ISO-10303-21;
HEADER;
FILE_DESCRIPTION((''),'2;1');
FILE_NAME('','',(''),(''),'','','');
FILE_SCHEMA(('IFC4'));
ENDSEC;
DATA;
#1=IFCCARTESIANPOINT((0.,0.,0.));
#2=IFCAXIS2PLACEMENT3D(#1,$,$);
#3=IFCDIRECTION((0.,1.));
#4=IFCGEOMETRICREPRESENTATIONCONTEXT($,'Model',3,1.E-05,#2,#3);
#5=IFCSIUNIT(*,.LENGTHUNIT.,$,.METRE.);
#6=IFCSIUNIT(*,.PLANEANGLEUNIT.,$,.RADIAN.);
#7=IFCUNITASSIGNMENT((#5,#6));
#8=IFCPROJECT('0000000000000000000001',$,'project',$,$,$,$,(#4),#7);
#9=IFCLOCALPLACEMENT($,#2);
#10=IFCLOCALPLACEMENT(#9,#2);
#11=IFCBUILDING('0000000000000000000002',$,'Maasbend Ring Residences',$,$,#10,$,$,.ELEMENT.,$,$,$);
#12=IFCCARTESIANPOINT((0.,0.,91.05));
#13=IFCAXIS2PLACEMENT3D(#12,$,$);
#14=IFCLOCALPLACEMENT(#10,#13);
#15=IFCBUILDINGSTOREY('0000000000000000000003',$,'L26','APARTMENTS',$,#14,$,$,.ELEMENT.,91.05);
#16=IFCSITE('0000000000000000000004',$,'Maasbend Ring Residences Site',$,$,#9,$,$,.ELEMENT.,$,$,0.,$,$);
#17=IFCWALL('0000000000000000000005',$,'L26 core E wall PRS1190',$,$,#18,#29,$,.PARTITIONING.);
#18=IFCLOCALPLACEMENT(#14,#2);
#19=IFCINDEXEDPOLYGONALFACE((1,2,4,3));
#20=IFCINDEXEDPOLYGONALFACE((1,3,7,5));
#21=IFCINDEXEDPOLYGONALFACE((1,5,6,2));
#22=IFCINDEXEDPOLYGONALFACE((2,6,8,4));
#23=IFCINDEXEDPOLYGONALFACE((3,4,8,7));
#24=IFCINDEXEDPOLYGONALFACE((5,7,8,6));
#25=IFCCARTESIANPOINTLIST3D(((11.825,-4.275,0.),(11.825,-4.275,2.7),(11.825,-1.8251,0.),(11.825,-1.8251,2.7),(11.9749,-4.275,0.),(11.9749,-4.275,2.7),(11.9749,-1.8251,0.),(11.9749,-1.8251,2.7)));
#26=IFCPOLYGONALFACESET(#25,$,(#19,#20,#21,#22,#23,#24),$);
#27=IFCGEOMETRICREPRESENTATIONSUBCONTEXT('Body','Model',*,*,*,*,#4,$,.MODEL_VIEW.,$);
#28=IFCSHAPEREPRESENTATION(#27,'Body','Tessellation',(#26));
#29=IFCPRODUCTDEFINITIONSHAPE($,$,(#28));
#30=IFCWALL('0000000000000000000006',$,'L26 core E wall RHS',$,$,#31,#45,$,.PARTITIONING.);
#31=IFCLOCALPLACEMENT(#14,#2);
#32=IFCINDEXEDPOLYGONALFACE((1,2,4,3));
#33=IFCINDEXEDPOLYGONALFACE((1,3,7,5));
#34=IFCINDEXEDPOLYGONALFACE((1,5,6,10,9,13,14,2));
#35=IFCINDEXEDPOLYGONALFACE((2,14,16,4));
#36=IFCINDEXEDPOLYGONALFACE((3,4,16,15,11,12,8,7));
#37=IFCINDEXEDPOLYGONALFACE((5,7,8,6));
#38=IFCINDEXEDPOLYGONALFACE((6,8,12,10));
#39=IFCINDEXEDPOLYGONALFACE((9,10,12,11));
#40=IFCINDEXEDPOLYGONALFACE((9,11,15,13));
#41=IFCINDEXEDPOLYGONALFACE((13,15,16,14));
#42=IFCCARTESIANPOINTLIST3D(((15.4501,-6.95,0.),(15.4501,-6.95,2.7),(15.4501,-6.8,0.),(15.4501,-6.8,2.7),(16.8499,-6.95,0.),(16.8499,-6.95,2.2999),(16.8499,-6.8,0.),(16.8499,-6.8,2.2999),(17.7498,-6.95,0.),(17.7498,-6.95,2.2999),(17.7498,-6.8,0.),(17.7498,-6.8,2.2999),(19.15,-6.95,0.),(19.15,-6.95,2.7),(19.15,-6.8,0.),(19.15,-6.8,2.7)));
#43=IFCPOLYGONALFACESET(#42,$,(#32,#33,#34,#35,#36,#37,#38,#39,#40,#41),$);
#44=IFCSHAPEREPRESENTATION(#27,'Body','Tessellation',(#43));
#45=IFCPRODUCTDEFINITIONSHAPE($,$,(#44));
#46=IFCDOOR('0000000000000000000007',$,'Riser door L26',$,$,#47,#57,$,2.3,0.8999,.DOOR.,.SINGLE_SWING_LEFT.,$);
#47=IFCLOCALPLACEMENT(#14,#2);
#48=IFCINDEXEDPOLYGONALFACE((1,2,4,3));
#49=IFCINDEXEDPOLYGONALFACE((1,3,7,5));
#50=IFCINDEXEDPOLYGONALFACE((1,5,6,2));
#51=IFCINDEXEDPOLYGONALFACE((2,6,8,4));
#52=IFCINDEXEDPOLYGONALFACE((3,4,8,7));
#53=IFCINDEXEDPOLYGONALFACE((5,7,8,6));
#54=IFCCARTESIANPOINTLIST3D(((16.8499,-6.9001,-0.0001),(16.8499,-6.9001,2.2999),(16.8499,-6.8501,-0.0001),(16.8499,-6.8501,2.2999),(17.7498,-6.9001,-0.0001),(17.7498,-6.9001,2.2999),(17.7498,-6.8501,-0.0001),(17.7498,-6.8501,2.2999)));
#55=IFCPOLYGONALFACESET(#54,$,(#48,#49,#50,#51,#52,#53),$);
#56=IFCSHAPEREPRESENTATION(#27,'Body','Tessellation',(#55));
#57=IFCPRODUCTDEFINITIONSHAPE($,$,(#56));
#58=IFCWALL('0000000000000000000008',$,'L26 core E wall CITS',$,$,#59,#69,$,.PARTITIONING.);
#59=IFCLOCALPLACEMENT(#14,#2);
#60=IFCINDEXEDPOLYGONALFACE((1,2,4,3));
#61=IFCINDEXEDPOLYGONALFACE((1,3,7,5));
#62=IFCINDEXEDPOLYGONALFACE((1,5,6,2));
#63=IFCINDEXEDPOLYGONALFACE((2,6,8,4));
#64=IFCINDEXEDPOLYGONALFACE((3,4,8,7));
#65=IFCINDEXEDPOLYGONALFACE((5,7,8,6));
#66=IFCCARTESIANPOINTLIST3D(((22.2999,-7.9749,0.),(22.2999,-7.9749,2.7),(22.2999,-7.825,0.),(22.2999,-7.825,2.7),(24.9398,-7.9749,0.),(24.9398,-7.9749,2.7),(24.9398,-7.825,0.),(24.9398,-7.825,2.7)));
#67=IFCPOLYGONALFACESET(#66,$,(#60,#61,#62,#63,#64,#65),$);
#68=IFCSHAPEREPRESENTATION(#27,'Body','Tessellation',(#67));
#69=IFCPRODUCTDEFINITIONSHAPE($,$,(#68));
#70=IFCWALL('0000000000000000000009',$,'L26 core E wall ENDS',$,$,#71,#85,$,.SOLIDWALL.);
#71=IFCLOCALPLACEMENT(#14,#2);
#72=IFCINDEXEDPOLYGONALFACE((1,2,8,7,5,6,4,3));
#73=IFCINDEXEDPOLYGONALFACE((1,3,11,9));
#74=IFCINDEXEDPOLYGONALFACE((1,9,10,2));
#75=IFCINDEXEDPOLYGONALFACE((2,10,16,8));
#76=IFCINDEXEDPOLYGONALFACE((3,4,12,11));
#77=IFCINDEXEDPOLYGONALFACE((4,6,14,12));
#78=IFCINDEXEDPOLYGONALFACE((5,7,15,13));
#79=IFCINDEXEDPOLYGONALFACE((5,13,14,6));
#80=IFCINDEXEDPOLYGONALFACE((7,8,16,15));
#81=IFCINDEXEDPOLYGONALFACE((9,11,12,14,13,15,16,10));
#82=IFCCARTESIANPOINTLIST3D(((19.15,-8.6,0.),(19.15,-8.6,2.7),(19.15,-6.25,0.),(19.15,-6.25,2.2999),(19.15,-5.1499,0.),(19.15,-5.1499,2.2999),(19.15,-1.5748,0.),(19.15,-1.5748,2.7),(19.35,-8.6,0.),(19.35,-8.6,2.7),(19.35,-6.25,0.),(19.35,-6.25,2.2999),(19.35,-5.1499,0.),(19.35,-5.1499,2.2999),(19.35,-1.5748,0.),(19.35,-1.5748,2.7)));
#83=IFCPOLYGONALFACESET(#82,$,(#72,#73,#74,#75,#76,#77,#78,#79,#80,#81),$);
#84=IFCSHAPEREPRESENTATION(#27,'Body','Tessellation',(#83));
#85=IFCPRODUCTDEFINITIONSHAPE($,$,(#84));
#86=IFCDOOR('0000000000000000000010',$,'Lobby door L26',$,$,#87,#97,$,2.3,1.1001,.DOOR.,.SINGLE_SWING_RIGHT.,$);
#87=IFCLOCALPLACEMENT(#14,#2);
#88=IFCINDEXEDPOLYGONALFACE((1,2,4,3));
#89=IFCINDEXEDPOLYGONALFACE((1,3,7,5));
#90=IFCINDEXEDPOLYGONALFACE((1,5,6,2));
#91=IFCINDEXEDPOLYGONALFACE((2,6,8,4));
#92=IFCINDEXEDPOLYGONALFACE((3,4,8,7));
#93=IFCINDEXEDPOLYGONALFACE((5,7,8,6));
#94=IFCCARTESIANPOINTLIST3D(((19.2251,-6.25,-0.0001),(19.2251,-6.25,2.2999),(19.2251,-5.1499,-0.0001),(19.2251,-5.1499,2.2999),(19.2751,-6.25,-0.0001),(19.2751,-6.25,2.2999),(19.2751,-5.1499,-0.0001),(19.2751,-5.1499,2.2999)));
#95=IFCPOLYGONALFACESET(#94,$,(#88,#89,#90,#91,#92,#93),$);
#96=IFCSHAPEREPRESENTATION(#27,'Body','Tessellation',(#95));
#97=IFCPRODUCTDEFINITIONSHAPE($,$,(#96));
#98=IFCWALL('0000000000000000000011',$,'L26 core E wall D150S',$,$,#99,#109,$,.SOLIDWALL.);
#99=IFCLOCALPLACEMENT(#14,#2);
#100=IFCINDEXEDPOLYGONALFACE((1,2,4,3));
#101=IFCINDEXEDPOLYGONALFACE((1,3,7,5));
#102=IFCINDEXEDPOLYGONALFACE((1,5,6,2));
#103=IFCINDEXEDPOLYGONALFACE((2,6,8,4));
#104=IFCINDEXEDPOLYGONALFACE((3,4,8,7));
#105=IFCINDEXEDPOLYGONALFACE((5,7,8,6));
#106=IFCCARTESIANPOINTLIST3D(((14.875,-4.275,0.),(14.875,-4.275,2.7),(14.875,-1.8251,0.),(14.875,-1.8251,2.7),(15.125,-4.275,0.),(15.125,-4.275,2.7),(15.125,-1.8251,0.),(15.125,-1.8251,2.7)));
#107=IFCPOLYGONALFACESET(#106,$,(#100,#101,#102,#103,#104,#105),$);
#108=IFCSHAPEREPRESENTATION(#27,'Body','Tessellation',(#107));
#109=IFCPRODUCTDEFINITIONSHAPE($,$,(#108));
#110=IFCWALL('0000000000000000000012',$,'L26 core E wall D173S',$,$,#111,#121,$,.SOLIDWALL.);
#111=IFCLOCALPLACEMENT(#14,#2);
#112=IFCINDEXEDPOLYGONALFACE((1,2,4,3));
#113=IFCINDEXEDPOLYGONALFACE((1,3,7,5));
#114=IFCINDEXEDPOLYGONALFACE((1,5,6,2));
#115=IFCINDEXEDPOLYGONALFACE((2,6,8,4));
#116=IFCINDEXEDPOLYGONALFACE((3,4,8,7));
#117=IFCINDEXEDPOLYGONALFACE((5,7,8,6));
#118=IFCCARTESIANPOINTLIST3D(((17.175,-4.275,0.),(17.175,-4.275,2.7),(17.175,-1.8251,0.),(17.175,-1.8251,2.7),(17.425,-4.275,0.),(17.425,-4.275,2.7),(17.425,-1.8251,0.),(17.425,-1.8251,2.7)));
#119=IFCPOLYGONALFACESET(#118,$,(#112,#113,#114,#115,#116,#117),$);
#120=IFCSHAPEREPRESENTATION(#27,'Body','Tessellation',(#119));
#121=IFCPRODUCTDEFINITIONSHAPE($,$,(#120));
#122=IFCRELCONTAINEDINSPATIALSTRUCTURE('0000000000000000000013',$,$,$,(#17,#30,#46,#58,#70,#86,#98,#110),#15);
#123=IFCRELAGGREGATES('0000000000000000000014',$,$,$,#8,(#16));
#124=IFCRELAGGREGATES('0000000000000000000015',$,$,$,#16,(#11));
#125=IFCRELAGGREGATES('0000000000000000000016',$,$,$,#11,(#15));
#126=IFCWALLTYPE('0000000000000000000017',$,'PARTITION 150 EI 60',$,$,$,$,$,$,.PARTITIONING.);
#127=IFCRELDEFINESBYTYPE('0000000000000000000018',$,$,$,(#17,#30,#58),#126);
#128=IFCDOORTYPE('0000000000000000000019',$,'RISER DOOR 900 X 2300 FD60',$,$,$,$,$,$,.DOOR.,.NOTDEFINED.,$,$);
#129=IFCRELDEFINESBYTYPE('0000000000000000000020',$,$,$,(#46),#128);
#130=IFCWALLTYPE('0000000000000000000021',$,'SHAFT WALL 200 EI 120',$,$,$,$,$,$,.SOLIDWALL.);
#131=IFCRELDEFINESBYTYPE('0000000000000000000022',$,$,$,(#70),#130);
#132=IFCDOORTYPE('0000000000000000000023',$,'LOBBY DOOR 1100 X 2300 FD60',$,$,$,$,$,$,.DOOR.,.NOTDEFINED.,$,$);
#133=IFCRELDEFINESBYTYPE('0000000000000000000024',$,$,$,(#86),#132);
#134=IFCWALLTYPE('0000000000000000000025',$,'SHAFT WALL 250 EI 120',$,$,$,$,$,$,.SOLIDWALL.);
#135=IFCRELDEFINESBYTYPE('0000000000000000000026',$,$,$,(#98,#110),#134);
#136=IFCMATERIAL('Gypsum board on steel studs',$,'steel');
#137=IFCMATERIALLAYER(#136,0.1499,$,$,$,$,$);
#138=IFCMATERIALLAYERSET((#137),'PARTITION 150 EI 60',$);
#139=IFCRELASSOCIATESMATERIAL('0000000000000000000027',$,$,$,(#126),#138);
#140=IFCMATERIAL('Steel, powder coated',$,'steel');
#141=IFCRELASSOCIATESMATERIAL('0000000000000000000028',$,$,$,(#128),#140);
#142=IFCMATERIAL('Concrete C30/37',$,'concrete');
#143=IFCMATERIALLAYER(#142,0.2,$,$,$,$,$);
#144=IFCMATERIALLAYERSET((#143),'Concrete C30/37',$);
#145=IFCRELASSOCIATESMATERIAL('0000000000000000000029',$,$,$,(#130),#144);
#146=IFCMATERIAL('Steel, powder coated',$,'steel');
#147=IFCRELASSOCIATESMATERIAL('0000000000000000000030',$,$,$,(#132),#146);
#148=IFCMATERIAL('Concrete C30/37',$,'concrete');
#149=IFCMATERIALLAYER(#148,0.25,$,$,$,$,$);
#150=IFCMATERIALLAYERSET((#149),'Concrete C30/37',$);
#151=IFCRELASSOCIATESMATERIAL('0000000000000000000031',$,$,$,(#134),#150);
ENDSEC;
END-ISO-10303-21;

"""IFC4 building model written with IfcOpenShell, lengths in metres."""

from ifc_helpers import new_model, si_unit, direction, frame, frame_2d, origin, place, context, subcontext, project, spatial, rectangle, extrude, material, layer, layer_set, type_object, element, fill, save


model = new_model("IFC4")

# Units and contexts
model_context = context("Model", 3, precision=1e-05, world=origin(), true_north=direction((0.0, 1.0)))
body_context = subcontext(model_context, "Body", "Model", "MODEL_VIEW")
ifc_project = project(units=[si_unit("LENGTHUNIT", "METRE"), si_unit("PLANEANGLEUNIT", "RADIAN")], contexts=[model_context])

# Site, building, storey
site_placement = place(None, origin())
site = spatial("IfcSite", under=ifc_project, at=site_placement, Name="Maasbend Ring Residences Site", CompositionType="ELEMENT", RefElevation=0.0)
building_placement = place(site_placement, origin())
building = spatial("IfcBuilding", under=site, at=building_placement, Name="Maasbend Ring Residences", CompositionType="ELEMENT")
storey_placement = place(building_placement, frame((0.0, 0.0, 91.05)))
storey = spatial("IfcBuildingStorey", under=building, at=storey_placement, Name="L26", Description="APARTMENTS", CompositionType="ELEMENT", Elevation=91.05)

# Wall
ifc_material_1 = material(Name="Gypsum board on steel studs", Category="steel")
ifc_layer_1 = layer(ifc_material_1, 0.1499)
ifc_layer_set_1 = layer_set([ifc_layer_1], Name="PARTITION 150 EI 60")
wall_type_1 = type_object("IfcWallType", Name="PARTITION 150 EI 60", PredefinedType="PARTITIONING", material=ifc_layer_set_1)
wall_1_placement = place(storey_placement, frame((11.8999, -1.825, 0.0), z_axis=(0.0, 0.0, 1.0), x_axis=(0.0, -1.0, 0.0)))
element("IfcWall", 1, at=wall_1_placement, inside=storey, type_object=wall_type_1, Name="L26 core E wall PRS1190", PredefinedType="PARTITIONING", context=body_context, shape_type="SweptSolid", body=[
    extrude(rectangle(XDim=2.45, YDim=0.1499, at=frame_2d((1.2251, 0.0))), origin(), (0.0, 0.0, 1.0), 2.7),
])

# Wall, opening, door
wall_2_placement = place(storey_placement, frame((15.45, -6.875, 0.0), z_axis=(0.0, 0.0, 1.0), x_axis=(1.0, 0.0, 0.0)))
wall_2 = element("IfcWall", 2, at=wall_2_placement, inside=storey, type_object=wall_type_1, Name="L26 core E wall RHS", PredefinedType="PARTITIONING", context=body_context, shape_type="SweptSolid", body=[
    extrude(rectangle(XDim=3.7, YDim=0.1499, at=frame_2d((1.8501, 0.0))), origin(), (0.0, 0.0, 1.0), 2.7),
])
opening_1_placement = place(wall_2_placement, frame((1.3999, 0.0, 0.0)))
opening_1 = element("IfcOpeningElement", 3, at=opening_1_placement, cuts=wall_2, PredefinedType="OPENING", context=body_context, shape_type="SweptSolid", body=[
    extrude(rectangle(XDim=0.8999, YDim=2.3, at=frame_2d((0.45, 1.1499))), frame((0.0, 0.085, 0.0), z_axis=(0.0, -1.0, 0.0), x_axis=(1.0, 0.0, 0.0)), (0.0, 0.0, 1.0), 0.1699),
])
ifc_material_2 = material(Name="Steel, powder coated", Category="steel")
door_type_1 = type_object("IfcDoorType", Name="RISER DOOR 900 X 2300 FD60", OperationType="NOTDEFINED", PredefinedType="DOOR", material=ifc_material_2)
door_1_placement = place(opening_1_placement, origin())
door_1 = element("IfcDoor", 4, at=door_1_placement, inside=storey, type_object=door_type_1, Name="Riser door L26", OperationType="SINGLE_SWING_LEFT", OverallHeight=2.3, OverallWidth=0.8999, PredefinedType="DOOR", context=body_context, shape_type="SweptSolid", body=[
    extrude(rectangle(XDim=0.8999, YDim=2.3, at=frame_2d((0.45, 1.1499))), frame((0.0, 0.0249, 0.0), z_axis=(0.0, -1.0, 0.0), x_axis=(1.0, 0.0, 0.0)), (0.0, 0.0, 1.0), 0.05),
])
fill(opening_1, door_1)

# Wall
wall_3_placement = place(storey_placement, frame((22.3, -7.8999, 0.0), z_axis=(0.0, 0.0, 1.0), x_axis=(1.0, 0.0, 0.0)))
element("IfcWall", 5, at=wall_3_placement, inside=storey, type_object=wall_type_1, Name="L26 core E wall CITS", PredefinedType="PARTITIONING", context=body_context, shape_type="SweptSolid", body=[
    extrude(rectangle(XDim=2.6399, YDim=0.1499, at=frame_2d((1.3198, 0.0))), origin(), (0.0, 0.0, 1.0), 2.7),
])

# Wall, opening, door
ifc_material_3 = material(Name="Concrete C30/37", Category="concrete")
ifc_layer_2 = layer(ifc_material_3, 0.2)
ifc_layer_set_2 = layer_set([ifc_layer_2], Name="Concrete C30/37")
wall_type_2 = type_object("IfcWallType", Name="SHAFT WALL 200 EI 120", PredefinedType="SOLIDWALL", material=ifc_layer_set_2)
wall_4_placement = place(storey_placement, frame((19.25, -8.6001, 0.0), z_axis=(0.0, 0.0, 1.0), x_axis=(0.0, 1.0, 0.0)))
wall_4 = element("IfcWall", 6, at=wall_4_placement, inside=storey, type_object=wall_type_2, Name="L26 core E wall ENDS", PredefinedType="SOLIDWALL", context=body_context, shape_type="SweptSolid", body=[
    extrude(rectangle(XDim=7.0251, YDim=0.2, at=frame_2d((3.5127, 0.0))), origin(), (0.0, 0.0, 1.0), 2.7),
])
opening_2_placement = place(wall_4_placement, frame((2.3501, 0.0, 0.0)))
opening_2 = element("IfcOpeningElement", 7, at=opening_2_placement, cuts=wall_4, PredefinedType="OPENING", context=body_context, shape_type="SweptSolid", body=[
    extrude(rectangle(XDim=1.1001, YDim=2.3, at=frame_2d((0.55, 1.1499))), frame((0.0, 0.1099, 0.0), z_axis=(0.0, -1.0, 0.0), x_axis=(1.0, 0.0, 0.0)), (0.0, 0.0, 1.0), 0.22),
])
ifc_material_4 = material(Name="Steel, powder coated", Category="steel")
door_type_2 = type_object("IfcDoorType", Name="LOBBY DOOR 1100 X 2300 FD60", OperationType="NOTDEFINED", PredefinedType="DOOR", material=ifc_material_4)
door_2_placement = place(opening_2_placement, origin())
door_2 = element("IfcDoor", 8, at=door_2_placement, inside=storey, type_object=door_type_2, Name="Lobby door L26", OperationType="SINGLE_SWING_RIGHT", OverallHeight=2.3, OverallWidth=1.1001, PredefinedType="DOOR", context=body_context, shape_type="SweptSolid", body=[
    extrude(rectangle(XDim=1.1001, YDim=2.3, at=frame_2d((0.55, 1.1499))), frame((0.0, 0.0249, 0.0), z_axis=(0.0, -1.0, 0.0), x_axis=(1.0, 0.0, 0.0)), (0.0, 0.0, 1.0), 0.05),
])
fill(opening_2, door_2)

# Walls
ifc_material_5 = material(Name="Concrete C30/37", Category="concrete")
ifc_layer_3 = layer(ifc_material_5, 0.25)
ifc_layer_set_3 = layer_set([ifc_layer_3], Name="Concrete C30/37")
wall_type_3 = type_object("IfcWallType", Name="SHAFT WALL 250 EI 120", PredefinedType="SOLIDWALL", material=ifc_layer_set_3)
for number, where, z_axis, x_axis, name in (
    (9, (15.0, -1.825, 0.0), (0.0, 0.0, 1.0), (0.0, -1.0, 0.0), "L26 core E wall D150S"),
    (10, (17.3, -1.825, 0.0), (0.0, 0.0, 1.0), (0.0, -1.0, 0.0), "L26 core E wall D173S"),
):
    element("IfcWall", number, at=place(storey_placement, frame(where, z_axis=z_axis, x_axis=x_axis)), inside=storey, type_object=wall_type_3, Name=name, PredefinedType="SOLIDWALL", context=body_context, shape_type="SweptSolid", body=[
        extrude(rectangle(XDim=2.45, YDim=0.25, at=frame_2d((1.2251, 0.0))), origin(), (0.0, 0.0, 1.0), 2.7),
    ])

save(model, "model.ifc")
